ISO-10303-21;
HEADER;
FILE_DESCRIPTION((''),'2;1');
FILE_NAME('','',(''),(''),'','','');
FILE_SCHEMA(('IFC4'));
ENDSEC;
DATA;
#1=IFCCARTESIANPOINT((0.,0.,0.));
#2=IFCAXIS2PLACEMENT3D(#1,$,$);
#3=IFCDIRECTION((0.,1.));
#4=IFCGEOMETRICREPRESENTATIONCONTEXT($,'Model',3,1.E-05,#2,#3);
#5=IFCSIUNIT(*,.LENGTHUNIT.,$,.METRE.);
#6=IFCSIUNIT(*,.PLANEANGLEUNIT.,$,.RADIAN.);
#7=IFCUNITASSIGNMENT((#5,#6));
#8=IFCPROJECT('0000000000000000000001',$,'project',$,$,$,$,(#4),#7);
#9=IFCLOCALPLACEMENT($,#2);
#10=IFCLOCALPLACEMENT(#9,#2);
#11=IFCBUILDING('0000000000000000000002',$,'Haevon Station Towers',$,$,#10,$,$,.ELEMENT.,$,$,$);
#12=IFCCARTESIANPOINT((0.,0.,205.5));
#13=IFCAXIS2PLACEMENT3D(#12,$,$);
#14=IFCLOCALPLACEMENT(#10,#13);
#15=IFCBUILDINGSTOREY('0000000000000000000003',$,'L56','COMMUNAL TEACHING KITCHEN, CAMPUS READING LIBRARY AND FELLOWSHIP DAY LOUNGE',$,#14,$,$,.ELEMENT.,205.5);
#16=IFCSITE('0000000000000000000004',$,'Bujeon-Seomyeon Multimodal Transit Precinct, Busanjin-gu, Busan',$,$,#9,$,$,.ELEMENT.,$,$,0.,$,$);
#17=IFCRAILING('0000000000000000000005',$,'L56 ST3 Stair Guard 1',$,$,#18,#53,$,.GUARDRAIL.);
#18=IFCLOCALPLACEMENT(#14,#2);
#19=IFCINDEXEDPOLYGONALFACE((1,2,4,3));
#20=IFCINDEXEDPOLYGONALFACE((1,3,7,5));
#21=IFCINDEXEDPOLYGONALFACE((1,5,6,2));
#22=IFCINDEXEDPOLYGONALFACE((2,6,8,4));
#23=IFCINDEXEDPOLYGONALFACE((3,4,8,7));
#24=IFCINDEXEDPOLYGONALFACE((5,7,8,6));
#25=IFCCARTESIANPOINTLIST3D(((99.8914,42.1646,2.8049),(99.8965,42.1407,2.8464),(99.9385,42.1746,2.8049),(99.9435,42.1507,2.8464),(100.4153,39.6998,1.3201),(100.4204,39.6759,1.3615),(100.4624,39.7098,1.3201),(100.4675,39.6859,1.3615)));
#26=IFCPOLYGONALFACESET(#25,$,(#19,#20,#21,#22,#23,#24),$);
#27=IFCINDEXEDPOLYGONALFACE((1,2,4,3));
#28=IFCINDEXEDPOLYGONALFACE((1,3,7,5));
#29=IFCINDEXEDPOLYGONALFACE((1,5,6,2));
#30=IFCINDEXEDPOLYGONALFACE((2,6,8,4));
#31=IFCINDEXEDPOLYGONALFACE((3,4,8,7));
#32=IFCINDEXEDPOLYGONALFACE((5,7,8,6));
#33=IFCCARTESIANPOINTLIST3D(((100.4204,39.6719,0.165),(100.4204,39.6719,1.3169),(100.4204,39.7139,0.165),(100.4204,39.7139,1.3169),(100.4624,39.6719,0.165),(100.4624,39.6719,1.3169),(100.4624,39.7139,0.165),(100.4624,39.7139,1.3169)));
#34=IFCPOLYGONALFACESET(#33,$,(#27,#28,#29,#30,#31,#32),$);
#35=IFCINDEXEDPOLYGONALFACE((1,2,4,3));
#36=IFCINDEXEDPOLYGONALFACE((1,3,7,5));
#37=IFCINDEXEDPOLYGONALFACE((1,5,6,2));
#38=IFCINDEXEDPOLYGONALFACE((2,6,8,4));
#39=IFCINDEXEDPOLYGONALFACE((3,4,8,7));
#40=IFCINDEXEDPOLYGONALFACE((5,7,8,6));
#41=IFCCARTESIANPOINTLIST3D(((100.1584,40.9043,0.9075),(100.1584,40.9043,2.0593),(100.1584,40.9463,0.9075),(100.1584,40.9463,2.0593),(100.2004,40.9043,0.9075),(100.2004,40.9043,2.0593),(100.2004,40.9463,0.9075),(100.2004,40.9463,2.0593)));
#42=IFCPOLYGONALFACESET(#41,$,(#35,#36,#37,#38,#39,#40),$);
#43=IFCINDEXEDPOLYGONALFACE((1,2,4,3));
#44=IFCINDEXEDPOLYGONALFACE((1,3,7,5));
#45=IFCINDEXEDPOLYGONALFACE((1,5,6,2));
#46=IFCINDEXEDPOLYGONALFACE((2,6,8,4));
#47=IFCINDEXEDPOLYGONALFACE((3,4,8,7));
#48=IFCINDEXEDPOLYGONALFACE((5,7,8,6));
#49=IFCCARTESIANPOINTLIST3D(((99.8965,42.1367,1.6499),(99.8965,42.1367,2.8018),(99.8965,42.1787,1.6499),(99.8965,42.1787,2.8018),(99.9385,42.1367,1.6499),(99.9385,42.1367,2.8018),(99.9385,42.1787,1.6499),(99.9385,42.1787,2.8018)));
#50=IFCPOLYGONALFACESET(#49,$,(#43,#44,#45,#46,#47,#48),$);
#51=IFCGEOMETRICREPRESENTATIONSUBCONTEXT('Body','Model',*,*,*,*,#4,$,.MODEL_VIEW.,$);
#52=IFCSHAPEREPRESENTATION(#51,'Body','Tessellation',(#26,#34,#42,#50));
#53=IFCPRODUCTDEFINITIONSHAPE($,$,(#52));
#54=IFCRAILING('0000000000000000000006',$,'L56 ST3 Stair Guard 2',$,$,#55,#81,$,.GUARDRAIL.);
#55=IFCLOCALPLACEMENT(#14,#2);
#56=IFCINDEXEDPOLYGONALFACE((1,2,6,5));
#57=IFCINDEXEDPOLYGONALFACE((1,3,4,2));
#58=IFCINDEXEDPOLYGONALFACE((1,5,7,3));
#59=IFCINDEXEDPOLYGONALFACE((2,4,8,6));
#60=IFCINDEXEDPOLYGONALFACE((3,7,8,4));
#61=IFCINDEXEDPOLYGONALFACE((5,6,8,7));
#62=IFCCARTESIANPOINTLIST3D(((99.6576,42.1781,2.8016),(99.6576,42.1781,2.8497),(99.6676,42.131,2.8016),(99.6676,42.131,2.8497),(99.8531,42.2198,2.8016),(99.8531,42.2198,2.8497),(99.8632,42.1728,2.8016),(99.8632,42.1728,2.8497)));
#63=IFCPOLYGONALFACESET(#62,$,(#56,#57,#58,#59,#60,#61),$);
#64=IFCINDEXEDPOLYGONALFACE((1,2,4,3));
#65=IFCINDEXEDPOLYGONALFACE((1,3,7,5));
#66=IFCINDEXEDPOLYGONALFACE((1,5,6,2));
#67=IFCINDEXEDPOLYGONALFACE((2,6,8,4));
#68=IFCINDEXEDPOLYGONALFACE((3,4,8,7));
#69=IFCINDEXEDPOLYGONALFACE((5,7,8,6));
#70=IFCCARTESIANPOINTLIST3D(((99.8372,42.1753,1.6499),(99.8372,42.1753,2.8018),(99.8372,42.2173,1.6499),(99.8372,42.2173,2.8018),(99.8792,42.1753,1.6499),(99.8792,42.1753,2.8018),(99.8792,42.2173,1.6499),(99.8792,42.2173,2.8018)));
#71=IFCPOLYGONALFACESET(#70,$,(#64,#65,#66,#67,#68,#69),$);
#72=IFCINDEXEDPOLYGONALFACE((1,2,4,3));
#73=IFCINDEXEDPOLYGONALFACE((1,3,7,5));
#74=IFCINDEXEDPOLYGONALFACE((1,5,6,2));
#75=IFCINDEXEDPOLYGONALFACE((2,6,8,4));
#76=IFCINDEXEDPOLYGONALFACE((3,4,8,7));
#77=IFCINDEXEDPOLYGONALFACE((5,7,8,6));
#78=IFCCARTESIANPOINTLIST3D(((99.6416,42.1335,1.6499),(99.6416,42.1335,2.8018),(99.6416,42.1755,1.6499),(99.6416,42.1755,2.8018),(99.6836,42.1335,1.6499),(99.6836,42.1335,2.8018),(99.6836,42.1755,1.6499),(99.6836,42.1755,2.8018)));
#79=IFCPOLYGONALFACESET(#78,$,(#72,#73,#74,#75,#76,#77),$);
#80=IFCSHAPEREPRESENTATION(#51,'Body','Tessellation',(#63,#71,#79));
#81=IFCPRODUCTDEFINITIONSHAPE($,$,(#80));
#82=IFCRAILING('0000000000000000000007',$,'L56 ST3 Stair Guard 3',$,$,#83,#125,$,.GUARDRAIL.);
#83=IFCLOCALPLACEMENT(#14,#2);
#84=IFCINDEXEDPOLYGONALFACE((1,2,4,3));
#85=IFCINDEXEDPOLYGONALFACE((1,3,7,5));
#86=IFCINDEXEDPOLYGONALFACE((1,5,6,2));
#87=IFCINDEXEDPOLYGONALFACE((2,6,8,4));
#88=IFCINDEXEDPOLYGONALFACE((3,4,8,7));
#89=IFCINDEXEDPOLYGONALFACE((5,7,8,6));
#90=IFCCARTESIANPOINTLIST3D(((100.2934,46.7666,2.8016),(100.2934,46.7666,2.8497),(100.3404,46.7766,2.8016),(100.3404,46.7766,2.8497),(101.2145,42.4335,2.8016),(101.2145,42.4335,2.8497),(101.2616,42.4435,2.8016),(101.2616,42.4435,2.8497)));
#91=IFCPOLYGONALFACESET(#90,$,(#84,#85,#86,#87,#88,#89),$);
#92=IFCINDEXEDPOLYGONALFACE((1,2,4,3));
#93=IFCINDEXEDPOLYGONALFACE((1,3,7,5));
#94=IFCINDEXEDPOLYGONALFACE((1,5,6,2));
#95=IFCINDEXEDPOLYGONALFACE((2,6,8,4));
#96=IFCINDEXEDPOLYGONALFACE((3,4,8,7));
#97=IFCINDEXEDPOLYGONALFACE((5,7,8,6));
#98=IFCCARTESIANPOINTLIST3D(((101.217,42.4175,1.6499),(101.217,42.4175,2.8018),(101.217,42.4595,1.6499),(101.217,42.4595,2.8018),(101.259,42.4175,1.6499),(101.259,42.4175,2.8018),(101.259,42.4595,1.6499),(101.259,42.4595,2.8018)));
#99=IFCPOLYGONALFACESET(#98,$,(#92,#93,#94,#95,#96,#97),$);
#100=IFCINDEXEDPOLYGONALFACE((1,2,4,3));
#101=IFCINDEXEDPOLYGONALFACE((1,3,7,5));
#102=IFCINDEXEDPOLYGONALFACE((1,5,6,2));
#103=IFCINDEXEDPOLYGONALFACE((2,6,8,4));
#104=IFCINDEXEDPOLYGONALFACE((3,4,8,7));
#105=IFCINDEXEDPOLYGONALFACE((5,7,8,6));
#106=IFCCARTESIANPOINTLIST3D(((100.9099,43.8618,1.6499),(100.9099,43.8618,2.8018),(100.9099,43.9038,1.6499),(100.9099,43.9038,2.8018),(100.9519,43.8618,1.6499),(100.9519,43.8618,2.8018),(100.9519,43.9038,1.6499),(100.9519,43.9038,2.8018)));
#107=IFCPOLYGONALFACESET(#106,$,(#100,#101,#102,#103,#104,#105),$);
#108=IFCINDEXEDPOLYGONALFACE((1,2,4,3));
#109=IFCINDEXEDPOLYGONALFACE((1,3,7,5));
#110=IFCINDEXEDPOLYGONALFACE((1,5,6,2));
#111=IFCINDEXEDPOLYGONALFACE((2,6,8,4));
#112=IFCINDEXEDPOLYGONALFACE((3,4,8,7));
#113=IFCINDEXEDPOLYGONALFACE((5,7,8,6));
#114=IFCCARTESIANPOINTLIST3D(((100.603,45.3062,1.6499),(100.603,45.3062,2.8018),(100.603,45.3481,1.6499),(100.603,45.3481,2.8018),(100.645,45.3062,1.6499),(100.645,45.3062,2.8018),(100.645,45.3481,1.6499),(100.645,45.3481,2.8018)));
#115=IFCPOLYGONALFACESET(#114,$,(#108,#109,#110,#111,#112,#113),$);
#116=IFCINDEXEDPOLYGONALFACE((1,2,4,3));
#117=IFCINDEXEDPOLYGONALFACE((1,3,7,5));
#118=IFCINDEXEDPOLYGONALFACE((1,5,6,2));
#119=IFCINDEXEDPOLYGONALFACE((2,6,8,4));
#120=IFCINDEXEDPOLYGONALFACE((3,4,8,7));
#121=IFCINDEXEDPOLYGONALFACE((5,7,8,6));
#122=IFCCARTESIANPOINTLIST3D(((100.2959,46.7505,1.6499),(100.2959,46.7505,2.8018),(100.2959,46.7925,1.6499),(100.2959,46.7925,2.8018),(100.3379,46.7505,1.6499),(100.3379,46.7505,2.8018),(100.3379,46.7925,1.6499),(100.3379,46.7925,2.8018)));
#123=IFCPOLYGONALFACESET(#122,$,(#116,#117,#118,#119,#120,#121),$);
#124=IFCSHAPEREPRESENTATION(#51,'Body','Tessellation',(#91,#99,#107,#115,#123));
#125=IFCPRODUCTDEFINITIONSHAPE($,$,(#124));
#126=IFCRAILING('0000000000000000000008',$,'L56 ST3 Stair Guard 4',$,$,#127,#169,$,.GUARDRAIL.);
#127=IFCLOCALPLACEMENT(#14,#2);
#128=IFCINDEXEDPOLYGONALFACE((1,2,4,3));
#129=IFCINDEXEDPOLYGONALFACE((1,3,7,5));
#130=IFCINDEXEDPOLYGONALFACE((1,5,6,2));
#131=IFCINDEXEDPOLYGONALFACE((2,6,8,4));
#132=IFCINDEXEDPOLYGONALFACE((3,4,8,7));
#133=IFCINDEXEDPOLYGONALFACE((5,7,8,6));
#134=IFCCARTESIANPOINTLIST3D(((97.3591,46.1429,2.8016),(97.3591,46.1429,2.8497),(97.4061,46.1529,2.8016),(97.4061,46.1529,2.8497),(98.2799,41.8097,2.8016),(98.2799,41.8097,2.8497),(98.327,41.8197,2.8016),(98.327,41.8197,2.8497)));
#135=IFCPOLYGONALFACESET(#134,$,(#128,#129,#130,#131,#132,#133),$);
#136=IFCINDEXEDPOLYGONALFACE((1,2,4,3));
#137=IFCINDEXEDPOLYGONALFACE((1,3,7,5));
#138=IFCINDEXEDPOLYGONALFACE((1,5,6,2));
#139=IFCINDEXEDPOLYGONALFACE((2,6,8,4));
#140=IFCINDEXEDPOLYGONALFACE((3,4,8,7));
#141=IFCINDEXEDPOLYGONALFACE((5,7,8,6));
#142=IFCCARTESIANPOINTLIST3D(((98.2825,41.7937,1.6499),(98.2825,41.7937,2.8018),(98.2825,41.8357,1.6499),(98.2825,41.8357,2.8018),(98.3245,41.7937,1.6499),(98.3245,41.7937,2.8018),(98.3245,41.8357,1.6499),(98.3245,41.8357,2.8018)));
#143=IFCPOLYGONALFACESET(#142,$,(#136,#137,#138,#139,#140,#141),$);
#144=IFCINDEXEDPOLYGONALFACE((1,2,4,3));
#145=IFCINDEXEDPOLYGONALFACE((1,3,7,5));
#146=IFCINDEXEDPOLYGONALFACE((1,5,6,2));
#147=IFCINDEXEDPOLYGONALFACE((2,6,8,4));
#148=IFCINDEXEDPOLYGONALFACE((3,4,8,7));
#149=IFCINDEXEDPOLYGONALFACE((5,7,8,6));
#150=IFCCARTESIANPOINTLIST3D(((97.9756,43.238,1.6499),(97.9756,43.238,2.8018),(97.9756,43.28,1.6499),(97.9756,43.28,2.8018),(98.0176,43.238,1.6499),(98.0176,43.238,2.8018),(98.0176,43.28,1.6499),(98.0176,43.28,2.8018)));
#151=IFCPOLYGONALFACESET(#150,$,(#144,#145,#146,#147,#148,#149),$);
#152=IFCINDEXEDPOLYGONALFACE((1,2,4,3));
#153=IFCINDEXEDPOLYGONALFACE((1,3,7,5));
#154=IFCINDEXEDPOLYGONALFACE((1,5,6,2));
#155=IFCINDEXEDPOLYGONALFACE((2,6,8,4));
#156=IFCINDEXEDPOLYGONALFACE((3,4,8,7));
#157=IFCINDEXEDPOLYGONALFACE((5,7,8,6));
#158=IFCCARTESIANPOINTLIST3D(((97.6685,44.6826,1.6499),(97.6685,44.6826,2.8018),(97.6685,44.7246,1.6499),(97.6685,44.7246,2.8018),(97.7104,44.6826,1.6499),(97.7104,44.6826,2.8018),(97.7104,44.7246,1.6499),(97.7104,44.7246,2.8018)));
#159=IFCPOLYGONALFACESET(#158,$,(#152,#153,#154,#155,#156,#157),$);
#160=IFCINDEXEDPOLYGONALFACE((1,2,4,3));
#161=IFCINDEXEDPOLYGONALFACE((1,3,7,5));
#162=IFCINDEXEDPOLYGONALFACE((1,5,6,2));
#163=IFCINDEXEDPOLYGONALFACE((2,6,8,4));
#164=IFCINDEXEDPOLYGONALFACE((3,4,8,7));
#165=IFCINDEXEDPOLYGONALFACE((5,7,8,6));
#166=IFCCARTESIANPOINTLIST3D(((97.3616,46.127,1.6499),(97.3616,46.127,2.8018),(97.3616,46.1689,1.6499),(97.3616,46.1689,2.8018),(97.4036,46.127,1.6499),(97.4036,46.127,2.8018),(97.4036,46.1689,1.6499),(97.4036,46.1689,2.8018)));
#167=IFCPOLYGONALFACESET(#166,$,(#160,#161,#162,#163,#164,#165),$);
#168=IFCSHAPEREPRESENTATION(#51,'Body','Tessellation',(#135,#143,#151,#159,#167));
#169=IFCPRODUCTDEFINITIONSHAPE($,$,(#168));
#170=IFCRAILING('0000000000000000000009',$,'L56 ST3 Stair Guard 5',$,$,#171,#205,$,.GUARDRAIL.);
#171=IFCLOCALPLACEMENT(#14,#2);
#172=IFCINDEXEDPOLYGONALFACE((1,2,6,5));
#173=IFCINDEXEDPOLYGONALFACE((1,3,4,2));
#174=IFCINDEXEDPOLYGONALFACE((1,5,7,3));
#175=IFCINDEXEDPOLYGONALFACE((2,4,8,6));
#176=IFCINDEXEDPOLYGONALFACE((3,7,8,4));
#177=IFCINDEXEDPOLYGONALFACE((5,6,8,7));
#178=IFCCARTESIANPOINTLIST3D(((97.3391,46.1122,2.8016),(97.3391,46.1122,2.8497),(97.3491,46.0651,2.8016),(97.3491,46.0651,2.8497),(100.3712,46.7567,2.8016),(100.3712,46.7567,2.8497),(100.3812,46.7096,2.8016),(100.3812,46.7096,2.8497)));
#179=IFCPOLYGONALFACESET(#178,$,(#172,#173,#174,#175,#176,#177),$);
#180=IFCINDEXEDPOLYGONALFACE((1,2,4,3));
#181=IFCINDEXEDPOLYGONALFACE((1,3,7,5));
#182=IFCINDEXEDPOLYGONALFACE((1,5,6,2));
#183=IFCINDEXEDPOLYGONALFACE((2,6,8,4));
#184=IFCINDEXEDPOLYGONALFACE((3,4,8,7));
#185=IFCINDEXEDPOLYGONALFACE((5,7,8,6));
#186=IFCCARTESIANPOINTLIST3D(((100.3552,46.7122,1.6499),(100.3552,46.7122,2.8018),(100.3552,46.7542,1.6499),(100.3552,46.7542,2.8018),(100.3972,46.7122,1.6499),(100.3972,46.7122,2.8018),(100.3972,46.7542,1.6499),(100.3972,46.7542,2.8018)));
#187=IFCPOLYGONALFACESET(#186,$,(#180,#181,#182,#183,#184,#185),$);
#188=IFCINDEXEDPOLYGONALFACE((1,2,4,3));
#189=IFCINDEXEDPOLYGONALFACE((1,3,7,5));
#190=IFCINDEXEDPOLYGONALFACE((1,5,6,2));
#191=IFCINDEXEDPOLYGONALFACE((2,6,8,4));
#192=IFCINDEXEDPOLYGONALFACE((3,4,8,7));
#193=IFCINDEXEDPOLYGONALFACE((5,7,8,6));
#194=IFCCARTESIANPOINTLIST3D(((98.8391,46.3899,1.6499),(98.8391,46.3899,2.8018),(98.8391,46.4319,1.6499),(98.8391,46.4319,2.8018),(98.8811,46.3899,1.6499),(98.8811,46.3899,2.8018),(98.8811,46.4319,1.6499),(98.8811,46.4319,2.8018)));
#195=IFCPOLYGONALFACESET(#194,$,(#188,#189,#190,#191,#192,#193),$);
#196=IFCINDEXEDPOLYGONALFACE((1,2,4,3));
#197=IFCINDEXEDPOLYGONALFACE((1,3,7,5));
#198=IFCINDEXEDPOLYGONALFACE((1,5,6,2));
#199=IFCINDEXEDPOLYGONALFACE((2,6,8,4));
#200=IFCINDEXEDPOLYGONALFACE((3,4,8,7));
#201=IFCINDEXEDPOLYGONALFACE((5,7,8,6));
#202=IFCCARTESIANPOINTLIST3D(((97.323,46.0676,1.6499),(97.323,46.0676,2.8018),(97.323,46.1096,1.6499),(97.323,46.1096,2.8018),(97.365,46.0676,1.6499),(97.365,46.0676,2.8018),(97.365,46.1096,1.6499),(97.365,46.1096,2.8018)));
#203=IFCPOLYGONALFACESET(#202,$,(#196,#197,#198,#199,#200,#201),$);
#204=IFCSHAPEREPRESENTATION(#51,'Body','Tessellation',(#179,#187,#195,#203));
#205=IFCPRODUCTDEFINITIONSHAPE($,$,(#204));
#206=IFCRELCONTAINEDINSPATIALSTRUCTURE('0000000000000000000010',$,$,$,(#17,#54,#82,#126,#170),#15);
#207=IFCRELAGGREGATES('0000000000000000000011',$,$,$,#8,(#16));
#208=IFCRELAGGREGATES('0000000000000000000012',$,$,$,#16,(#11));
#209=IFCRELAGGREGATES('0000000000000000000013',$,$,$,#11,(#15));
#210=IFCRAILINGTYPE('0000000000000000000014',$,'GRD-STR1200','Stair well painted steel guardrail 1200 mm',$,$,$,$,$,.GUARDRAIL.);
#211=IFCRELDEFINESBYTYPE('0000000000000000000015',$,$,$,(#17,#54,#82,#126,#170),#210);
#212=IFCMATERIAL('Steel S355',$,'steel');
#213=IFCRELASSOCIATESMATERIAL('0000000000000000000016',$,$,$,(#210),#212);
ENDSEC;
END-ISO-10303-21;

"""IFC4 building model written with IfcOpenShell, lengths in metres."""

from ifc_helpers import new_model, si_unit, direction, frame, origin, origin_2d, place, context, subcontext, project, spatial, rectangle, extrude, material, type_object, element, save


model = new_model("IFC4")

# Units and contexts
model_context = context("Model", 3, precision=1e-05, world=origin(), true_north=direction((0.0, 1.0)))
body_context = subcontext(model_context, "Body", "Model", "MODEL_VIEW")
ifc_project = project(units=[si_unit("LENGTHUNIT", "METRE"), si_unit("PLANEANGLEUNIT", "RADIAN")], contexts=[model_context])

# Site, building, storey
site_placement = place(None, origin())
site = spatial("IfcSite", under=ifc_project, at=site_placement, Name="Bujeon-Seomyeon Multimodal Transit Precinct, Busanjin-gu, Busan", CompositionType="ELEMENT", RefElevation=0.0)
building_placement = place(site_placement, origin())
building = spatial("IfcBuilding", under=site, at=building_placement, Name="Haevon Station Towers", CompositionType="ELEMENT")
storey_placement = place(building_placement, frame((0.0, 0.0, 205.5)))
storey = spatial("IfcBuildingStorey", under=building, at=storey_placement, Name="L56", Description="COMMUNAL TEACHING KITCHEN, CAMPUS READING LIBRARY AND FELLOWSHIP DAY LOUNGE", CompositionType="ELEMENT", Elevation=205.5)

# Railings
ifc_material_1 = material(Name="Steel S355", Category="steel")
railing_type_1 = type_object("IfcRailingType", Name="GRD-STR1200", Description="Stair well painted steel guardrail 1200 mm", PredefinedType="GUARDRAIL", material=ifc_material_1)
railing_1_placement = place(storey_placement, frame((100.4414, 39.6929, 0.165)))
element("IfcRailing", 1, at=railing_1_placement, inside=storey, type_object=railing_type_1, Name="L56 ST3 Stair Guard 1", PredefinedType="GUARDRAIL", context=body_context, shape_type="SweptSolid", body=[
    extrude(rectangle(XDim=0.0481, YDim=0.0481, at=origin_2d()), frame((0.0, 0.0, 1.1758), z_axis=(-0.179129, 0.842724, 0.507671), x_axis=(-0.978147, -0.207914, 0.0)), (0.0, 0.0, 1.0), 2.9248),
    extrude(rectangle(XDim=0.042, YDim=0.042, at=origin_2d()), origin(), (0.0, 0.0, 1.0), 1.1519),
    extrude(rectangle(XDim=0.042, YDim=0.042, at=origin_2d()), frame((-0.262, 1.2324, 0.7424)), (0.0, 0.0, 1.0), 1.1519),
    extrude(rectangle(XDim=0.042, YDim=0.042, at=origin_2d()), frame((-0.5239, 2.4648, 1.4849)), (0.0, 0.0, 1.0), 1.1519),
])
railing_2_placement = place(storey_placement, frame((99.8582, 42.1963, 1.6499)))
element("IfcRailing", 2, at=railing_2_placement, inside=storey, type_object=railing_type_1, Name="L56 ST3 Stair Guard 2", PredefinedType="GUARDRAIL", context=body_context, shape_type="SweptSolid", body=[
    extrude(rectangle(XDim=0.0481, YDim=0.0481, at=origin_2d()), frame((0.0, 0.0, 1.1758), z_axis=(-0.977963, -0.208779, 0.0), x_axis=(0.208779, -0.977963, 0.0)), (0.0, 0.0, 1.0), 0.2),
    extrude(rectangle(XDim=0.042, YDim=0.042, at=origin_2d()), origin(), (0.0, 0.0, 1.0), 1.1519),
    extrude(rectangle(XDim=0.042, YDim=0.042, at=origin_2d()), frame((-0.1956, -0.0417, 0.0)), (0.0, 0.0, 1.0), 1.1519),
])
railing_3_placement = place(storey_placement, frame((101.238, 42.4385, 1.6499)))
element("IfcRailing", 3, at=railing_3_placement, inside=storey, type_object=railing_type_1, Name="L56 ST3 Stair Guard 3", PredefinedType="GUARDRAIL", context=body_context, shape_type="SweptSolid", body=[
    extrude(rectangle(XDim=0.0481, YDim=0.0481, at=origin_2d()), frame((0.0, 0.0, 1.1758), z_axis=(-0.20794, 0.978141, 0.0), x_axis=(-0.978141, -0.20794, 0.0)), (0.0, 0.0, 1.0), 4.4299),
    extrude(rectangle(XDim=0.042, YDim=0.042, at=origin_2d()), origin(), (0.0, 0.0, 1.0), 1.1519),
    extrude(rectangle(XDim=0.042, YDim=0.042, at=origin_2d()), frame((-0.3071, 1.4443, 0.0)), (0.0, 0.0, 1.0), 1.1519),
    extrude(rectangle(XDim=0.042, YDim=0.042, at=origin_2d()), frame((-0.614, 2.8887, 0.0)), (0.0, 0.0, 1.0), 1.1519),
    extrude(rectangle(XDim=0.042, YDim=0.042, at=origin_2d()), frame((-0.9211, 4.333, 0.0)), (0.0, 0.0, 1.0), 1.1519),
])
railing_4_placement = place(storey_placement, frame((98.3035, 41.8147, 1.6499)))
element("IfcRailing", 4, at=railing_4_placement, inside=storey, type_object=railing_type_1, Name="L56 ST3 Stair Guard 4", PredefinedType="GUARDRAIL", context=body_context, shape_type="SweptSolid", body=[
    extrude(rectangle(XDim=0.0481, YDim=0.0481, at=origin_2d()), frame((0.0, 0.0, 1.1758), z_axis=(-0.207877, 0.978155, 0.0), x_axis=(-0.978155, -0.207877, 0.0)), (0.0, 0.0, 1.0), 4.4299),
    extrude(rectangle(XDim=0.042, YDim=0.042, at=origin_2d()), origin(), (0.0, 0.0, 1.0), 1.1519),
    extrude(rectangle(XDim=0.042, YDim=0.042, at=origin_2d()), frame((-0.3069, 1.4443, 0.0)), (0.0, 0.0, 1.0), 1.1519),
    extrude(rectangle(XDim=0.042, YDim=0.042, at=origin_2d()), frame((-0.614, 2.8889, 0.0)), (0.0, 0.0, 1.0), 1.1519),
    extrude(rectangle(XDim=0.042, YDim=0.042, at=origin_2d()), frame((-0.9209, 4.3333, 0.0)), (0.0, 0.0, 1.0), 1.1519),
])
railing_5_placement = place(storey_placement, frame((100.3762, 46.7332, 1.6499)))
element("IfcRailing", 5, at=railing_5_placement, inside=storey, type_object=railing_type_1, Name="L56 ST3 Stair Guard 5", PredefinedType="GUARDRAIL", context=body_context, shape_type="SweptSolid", body=[
    extrude(rectangle(XDim=0.0481, YDim=0.0481, at=origin_2d()), frame((0.0, 0.0, 1.1758), z_axis=(-0.978147, -0.207915, 0.0), x_axis=(0.207915, -0.978147, 0.0)), (0.0, 0.0, 1.0), 3.0999),
    extrude(rectangle(XDim=0.042, YDim=0.042, at=origin_2d()), origin(), (0.0, 0.0, 1.0), 1.1519),
    extrude(rectangle(XDim=0.042, YDim=0.042, at=origin_2d()), frame((-1.5161, -0.3223, 0.0)), (0.0, 0.0, 1.0), 1.1519),
    extrude(rectangle(XDim=0.042, YDim=0.042, at=origin_2d()), frame((-3.0322, -0.6445, 0.0)), (0.0, 0.0, 1.0), 1.1519),
])

save(model, "model.ifc")
